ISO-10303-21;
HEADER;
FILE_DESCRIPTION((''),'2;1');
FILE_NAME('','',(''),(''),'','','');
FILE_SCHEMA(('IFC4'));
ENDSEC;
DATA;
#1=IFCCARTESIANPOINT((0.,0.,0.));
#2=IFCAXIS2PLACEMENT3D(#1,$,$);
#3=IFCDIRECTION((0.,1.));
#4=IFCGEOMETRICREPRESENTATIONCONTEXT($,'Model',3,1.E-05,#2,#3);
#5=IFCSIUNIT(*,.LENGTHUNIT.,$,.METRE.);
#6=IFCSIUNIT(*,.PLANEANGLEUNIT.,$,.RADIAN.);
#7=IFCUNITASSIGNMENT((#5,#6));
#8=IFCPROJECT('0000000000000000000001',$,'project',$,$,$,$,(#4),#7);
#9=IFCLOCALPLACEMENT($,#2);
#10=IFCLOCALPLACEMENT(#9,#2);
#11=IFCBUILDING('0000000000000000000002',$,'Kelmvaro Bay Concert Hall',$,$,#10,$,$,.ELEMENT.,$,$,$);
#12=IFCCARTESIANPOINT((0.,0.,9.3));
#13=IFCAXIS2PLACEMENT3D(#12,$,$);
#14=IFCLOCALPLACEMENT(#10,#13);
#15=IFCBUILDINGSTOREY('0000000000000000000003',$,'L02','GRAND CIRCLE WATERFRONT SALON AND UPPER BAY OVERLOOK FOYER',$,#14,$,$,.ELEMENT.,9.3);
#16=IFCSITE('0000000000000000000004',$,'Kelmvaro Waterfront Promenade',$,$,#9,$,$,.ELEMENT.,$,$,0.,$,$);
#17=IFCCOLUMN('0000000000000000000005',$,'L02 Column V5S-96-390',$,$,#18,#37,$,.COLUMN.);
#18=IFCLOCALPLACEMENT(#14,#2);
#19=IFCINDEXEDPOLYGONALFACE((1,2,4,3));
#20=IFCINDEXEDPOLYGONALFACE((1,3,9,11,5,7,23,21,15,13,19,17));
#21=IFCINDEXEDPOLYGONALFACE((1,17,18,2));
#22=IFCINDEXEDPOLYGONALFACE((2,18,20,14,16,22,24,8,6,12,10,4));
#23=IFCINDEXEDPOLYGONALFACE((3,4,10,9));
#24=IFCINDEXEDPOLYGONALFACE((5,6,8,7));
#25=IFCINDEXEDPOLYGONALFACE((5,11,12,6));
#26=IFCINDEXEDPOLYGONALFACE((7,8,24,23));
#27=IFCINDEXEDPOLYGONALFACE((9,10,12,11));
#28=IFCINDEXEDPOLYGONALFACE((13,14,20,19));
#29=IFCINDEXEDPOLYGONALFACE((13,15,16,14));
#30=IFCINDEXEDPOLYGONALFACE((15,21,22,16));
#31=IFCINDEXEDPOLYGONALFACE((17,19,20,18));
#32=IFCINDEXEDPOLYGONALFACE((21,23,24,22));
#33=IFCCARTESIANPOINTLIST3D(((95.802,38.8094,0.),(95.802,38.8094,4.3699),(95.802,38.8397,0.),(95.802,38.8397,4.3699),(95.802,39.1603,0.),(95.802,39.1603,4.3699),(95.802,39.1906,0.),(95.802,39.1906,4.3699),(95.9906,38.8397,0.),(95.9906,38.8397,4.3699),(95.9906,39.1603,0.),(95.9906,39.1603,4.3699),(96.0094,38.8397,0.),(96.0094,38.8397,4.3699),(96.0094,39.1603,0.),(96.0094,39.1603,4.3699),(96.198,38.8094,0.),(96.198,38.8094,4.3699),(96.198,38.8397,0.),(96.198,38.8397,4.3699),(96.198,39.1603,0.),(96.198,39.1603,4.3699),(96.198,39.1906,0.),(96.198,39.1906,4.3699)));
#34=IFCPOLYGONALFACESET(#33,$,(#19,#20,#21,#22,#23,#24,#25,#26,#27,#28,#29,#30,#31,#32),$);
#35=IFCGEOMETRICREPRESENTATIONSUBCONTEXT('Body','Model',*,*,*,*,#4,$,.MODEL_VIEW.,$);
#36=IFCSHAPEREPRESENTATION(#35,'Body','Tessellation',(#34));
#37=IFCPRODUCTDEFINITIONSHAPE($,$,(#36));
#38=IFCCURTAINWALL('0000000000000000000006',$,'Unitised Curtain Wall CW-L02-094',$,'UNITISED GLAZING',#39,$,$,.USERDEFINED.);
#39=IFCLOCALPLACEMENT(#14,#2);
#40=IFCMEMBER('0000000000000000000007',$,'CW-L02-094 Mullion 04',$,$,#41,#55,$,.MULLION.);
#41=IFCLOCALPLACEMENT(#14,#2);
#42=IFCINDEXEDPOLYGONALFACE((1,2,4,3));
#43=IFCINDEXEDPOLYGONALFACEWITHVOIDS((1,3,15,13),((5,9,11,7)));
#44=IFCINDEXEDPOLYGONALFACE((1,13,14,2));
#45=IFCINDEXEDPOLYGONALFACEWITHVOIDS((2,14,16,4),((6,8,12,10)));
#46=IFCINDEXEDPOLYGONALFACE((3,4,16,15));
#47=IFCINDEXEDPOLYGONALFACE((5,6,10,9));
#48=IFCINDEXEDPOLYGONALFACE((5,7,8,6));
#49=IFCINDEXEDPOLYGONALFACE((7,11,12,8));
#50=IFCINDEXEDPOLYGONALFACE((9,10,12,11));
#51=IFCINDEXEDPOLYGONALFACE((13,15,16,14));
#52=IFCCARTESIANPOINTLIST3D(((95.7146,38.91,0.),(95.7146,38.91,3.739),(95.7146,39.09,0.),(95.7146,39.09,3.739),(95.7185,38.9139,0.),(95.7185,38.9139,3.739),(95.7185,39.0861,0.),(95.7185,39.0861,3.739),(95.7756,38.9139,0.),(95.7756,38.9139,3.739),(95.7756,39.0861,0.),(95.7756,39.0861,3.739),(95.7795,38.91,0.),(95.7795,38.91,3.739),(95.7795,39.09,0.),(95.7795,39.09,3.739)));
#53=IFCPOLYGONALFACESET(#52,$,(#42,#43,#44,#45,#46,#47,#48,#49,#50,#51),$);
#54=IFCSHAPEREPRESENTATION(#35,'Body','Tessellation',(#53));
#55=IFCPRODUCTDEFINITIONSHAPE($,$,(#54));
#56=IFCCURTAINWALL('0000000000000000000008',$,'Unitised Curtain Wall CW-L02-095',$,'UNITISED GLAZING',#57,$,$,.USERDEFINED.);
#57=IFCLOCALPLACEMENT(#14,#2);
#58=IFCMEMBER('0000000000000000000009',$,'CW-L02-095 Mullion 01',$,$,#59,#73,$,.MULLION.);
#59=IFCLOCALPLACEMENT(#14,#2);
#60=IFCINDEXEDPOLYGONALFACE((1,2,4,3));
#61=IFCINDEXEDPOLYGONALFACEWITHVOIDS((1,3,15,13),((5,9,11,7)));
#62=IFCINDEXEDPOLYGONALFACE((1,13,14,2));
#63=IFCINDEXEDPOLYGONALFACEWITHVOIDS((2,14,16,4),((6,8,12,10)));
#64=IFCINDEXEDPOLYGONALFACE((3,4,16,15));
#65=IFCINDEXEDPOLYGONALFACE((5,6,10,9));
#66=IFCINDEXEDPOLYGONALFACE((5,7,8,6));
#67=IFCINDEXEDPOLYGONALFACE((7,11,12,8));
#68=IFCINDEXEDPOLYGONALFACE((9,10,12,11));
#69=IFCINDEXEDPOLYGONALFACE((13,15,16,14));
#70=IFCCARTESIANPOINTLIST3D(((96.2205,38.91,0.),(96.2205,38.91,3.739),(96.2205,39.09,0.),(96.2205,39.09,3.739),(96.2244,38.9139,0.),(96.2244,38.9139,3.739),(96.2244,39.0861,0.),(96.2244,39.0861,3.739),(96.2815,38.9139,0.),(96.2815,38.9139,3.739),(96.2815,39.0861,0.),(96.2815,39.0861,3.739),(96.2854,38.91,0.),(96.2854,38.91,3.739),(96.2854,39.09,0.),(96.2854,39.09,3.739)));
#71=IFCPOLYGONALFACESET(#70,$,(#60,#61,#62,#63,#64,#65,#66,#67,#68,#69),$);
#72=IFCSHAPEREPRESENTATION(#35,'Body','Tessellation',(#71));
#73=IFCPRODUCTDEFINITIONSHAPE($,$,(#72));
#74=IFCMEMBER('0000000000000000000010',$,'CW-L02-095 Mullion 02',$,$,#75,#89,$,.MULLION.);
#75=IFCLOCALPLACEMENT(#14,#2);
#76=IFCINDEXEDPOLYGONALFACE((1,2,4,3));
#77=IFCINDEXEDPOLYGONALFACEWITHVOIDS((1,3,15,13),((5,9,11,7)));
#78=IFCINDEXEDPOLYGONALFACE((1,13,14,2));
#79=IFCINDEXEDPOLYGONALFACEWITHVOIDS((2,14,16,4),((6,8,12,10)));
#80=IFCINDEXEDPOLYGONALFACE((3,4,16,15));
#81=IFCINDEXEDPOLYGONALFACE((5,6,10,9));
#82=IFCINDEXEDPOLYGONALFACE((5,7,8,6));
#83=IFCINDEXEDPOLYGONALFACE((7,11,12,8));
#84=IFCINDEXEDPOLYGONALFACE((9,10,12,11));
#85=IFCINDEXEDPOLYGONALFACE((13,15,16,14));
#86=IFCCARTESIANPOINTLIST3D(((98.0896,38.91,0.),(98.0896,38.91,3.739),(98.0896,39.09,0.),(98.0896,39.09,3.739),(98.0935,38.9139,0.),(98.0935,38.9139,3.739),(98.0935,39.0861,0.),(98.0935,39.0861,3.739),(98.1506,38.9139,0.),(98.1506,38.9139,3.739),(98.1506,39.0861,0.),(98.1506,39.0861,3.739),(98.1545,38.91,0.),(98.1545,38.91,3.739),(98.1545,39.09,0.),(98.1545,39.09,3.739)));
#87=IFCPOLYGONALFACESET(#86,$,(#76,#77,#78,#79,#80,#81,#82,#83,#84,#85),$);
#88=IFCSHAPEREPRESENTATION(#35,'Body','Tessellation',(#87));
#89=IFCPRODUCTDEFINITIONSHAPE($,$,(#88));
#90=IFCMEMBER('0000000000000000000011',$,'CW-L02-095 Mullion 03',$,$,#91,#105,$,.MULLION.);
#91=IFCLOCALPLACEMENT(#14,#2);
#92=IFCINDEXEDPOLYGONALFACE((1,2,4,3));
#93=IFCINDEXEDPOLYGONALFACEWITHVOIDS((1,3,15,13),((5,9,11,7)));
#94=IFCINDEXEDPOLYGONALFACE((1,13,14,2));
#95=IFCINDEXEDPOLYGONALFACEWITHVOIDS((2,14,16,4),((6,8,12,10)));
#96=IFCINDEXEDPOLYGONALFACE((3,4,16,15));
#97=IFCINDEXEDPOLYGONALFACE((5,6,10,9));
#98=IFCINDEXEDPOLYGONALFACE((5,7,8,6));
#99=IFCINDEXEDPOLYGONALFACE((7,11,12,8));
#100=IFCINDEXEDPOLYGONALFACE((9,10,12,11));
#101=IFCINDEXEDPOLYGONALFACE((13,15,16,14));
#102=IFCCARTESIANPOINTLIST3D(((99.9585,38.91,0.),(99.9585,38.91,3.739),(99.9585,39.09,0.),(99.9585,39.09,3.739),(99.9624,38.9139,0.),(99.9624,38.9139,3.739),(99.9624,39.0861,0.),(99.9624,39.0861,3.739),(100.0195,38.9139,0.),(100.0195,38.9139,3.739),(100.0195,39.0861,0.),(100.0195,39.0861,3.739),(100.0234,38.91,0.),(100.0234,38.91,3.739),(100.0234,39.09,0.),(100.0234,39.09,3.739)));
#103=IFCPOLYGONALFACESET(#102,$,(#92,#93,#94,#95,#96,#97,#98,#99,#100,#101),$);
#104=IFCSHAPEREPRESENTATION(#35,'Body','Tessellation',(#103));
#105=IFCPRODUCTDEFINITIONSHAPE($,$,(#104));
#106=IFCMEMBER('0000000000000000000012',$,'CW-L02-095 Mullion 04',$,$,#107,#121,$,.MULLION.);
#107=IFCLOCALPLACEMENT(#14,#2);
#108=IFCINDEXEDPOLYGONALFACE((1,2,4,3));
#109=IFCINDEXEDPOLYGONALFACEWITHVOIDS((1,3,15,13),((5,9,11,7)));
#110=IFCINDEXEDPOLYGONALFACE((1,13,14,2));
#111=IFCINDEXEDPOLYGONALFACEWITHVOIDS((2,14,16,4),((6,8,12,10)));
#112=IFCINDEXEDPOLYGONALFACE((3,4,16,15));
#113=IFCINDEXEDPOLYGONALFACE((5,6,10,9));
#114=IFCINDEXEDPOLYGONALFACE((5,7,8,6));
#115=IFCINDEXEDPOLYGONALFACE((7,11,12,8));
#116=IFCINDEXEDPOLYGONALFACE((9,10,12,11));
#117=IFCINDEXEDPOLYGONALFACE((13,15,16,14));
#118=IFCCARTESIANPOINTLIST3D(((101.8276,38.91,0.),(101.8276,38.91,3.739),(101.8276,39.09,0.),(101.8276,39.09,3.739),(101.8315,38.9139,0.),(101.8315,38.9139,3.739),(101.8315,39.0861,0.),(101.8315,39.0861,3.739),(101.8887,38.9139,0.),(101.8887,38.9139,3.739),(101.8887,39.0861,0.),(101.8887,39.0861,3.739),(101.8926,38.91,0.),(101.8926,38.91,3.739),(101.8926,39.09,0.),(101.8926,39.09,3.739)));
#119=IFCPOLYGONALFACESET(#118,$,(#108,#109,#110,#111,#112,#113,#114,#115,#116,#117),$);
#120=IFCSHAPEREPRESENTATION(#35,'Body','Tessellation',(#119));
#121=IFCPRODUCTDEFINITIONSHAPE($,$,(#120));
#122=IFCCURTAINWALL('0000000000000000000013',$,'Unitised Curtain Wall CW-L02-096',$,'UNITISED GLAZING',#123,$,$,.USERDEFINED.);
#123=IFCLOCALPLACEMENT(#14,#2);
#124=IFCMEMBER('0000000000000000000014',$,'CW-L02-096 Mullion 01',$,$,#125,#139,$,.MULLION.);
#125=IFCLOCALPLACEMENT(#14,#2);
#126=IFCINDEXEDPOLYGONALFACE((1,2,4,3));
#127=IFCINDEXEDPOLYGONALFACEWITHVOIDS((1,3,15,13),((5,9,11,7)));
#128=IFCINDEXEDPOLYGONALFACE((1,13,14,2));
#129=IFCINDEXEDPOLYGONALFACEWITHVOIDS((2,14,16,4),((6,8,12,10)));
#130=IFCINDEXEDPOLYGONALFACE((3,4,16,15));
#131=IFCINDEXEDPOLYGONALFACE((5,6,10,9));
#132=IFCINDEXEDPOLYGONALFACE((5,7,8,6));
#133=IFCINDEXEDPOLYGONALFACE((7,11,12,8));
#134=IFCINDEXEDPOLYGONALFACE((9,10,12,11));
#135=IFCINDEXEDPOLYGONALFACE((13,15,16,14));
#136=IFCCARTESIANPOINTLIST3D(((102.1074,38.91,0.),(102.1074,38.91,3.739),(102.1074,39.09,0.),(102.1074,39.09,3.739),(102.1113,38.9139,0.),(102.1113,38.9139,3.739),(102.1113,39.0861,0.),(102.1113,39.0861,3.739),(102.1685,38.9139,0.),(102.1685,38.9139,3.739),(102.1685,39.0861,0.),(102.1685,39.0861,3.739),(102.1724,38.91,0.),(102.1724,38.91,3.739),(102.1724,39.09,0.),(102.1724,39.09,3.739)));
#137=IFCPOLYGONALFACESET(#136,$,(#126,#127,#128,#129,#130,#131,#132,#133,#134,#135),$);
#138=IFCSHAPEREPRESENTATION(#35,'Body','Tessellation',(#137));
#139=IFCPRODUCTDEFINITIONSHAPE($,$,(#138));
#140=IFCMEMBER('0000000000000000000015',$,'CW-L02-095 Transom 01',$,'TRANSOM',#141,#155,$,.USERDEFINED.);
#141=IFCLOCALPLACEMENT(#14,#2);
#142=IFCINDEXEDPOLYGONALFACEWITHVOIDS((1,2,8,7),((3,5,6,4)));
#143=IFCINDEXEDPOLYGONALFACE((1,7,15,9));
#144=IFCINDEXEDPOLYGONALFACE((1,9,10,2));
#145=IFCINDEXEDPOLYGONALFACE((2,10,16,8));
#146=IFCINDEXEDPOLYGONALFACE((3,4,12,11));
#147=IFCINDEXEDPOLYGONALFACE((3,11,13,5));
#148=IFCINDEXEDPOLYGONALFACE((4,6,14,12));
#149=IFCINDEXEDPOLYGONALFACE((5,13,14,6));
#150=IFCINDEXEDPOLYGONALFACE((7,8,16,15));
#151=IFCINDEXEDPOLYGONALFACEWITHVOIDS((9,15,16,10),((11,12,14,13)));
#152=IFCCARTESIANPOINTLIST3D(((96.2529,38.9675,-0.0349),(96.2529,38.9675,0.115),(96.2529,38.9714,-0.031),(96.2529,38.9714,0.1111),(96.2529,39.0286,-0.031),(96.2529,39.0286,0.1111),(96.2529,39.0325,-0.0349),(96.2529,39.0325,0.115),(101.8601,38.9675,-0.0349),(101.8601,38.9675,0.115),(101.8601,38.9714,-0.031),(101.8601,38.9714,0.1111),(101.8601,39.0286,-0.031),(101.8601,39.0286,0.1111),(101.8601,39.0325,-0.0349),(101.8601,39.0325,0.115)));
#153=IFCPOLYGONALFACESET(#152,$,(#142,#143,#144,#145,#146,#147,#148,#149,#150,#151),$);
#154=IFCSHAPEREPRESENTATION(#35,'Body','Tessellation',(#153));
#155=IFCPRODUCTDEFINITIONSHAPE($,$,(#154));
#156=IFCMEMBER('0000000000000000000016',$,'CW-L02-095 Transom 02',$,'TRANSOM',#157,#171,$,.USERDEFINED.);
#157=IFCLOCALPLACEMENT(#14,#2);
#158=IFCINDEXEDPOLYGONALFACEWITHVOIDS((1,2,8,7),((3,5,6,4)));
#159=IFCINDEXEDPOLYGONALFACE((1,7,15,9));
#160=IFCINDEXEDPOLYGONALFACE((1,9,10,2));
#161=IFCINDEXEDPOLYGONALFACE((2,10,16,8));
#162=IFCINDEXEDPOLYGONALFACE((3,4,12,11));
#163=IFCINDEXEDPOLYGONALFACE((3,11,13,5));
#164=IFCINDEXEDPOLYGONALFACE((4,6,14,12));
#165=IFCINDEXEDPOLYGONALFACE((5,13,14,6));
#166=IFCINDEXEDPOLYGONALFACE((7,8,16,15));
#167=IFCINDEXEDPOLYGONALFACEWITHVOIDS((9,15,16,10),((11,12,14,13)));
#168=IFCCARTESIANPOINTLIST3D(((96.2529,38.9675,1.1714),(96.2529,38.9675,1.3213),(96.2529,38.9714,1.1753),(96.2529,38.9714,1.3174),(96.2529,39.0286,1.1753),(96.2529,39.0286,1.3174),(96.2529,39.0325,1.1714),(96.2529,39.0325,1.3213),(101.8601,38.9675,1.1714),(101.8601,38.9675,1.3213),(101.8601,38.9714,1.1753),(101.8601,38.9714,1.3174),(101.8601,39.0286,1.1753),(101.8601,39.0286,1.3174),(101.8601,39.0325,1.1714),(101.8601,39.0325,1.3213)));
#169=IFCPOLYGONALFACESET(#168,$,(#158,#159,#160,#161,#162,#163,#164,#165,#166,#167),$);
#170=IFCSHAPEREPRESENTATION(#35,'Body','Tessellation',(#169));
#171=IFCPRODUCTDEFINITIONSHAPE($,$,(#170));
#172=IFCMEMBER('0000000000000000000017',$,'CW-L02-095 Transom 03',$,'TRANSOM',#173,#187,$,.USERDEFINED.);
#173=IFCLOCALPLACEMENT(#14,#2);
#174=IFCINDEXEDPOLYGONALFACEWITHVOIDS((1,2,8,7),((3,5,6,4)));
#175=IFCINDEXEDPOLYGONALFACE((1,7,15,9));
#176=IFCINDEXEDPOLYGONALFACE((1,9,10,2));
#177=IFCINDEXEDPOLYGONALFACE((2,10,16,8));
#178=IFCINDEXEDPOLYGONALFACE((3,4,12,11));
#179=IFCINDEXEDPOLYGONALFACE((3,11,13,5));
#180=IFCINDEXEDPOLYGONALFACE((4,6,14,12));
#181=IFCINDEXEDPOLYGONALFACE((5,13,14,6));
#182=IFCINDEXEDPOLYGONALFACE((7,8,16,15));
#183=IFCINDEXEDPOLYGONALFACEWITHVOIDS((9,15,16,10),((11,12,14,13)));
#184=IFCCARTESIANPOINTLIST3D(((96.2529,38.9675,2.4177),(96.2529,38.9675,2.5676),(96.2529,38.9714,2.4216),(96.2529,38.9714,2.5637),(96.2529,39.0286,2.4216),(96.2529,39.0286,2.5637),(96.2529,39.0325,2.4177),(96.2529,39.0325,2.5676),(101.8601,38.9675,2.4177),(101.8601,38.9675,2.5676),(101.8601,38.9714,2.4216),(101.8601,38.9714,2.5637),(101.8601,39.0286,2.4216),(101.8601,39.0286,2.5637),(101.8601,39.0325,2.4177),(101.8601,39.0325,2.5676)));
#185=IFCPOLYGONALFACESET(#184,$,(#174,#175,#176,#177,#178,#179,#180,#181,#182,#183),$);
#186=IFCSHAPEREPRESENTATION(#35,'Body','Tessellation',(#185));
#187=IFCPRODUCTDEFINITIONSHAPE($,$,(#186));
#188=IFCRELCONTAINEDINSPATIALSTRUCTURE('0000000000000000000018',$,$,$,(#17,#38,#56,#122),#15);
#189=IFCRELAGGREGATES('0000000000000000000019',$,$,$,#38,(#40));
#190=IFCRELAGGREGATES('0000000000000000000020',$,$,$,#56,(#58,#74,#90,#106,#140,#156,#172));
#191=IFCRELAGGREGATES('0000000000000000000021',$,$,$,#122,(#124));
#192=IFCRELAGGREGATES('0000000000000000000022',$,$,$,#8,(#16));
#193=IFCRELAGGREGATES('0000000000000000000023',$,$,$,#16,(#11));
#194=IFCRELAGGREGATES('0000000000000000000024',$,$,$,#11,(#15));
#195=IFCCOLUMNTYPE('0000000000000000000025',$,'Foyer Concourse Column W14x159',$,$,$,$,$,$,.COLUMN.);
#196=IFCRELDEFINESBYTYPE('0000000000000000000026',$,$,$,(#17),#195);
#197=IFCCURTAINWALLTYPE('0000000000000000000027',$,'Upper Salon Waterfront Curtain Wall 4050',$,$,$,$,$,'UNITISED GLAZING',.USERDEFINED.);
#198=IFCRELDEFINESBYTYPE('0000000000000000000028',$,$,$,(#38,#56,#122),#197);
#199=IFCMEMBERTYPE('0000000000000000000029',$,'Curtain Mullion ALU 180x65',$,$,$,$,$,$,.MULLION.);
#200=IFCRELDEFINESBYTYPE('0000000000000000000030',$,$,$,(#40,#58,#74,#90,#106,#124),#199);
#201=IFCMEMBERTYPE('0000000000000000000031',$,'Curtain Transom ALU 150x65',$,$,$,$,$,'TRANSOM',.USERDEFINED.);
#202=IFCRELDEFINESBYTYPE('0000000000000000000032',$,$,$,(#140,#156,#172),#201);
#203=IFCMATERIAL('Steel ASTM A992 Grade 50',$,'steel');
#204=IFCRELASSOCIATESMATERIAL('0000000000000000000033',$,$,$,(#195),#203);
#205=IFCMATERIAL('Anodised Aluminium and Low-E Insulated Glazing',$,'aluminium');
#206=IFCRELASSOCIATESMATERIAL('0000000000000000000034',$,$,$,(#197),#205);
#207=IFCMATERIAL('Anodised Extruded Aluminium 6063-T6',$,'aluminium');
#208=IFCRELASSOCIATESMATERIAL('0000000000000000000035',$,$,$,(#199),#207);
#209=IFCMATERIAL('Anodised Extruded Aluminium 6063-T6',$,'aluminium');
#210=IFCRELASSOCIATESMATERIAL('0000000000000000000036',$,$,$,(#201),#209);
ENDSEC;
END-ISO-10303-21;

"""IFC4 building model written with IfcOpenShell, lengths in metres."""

from ifc_helpers import new_model, si_unit, direction, frame, origin, origin_2d, place, context, subcontext, project, spatial, hollow_rectangle, i_section, extrude, material, material_profile, profile_set, type_object, element, aggregate, save


model = new_model("IFC4")

# Units and contexts
model_context = context("Model", 3, precision=1e-05, world=origin(), true_north=direction((0.0, 1.0)))
body_context = subcontext(model_context, "Body", "Model", "MODEL_VIEW")
ifc_project = project(units=[si_unit("LENGTHUNIT", "METRE"), si_unit("PLANEANGLEUNIT", "RADIAN")], contexts=[model_context])

# Site, building, storey
site_placement = place(None, origin())
site = spatial("IfcSite", under=ifc_project, at=site_placement, Name="Kelmvaro Waterfront Promenade", CompositionType="ELEMENT", RefElevation=0.0)
building_placement = place(site_placement, origin())
building = spatial("IfcBuilding", under=site, at=building_placement, Name="Kelmvaro Bay Concert Hall", CompositionType="ELEMENT")
storey_placement = place(building_placement, frame((0.0, 0.0, 9.3)))
storey = spatial("IfcBuildingStorey", under=building, at=storey_placement, Name="L02", Description="GRAND CIRCLE WATERFRONT SALON AND UPPER BAY OVERLOOK FOYER", CompositionType="ELEMENT", Elevation=9.3)

# Column
ifc_material_1 = material(Name="Steel ASTM A992 Grade 50", Category="steel")
ifc_material_profile_1 = material_profile(ifc_material_1, i_section(OverallWidth=0.396, OverallDepth=0.3811, WebThickness=0.0188, FlangeThickness=0.0303, at=origin_2d()), Name="W14X159")
ifc_profile_set_1 = profile_set([ifc_material_profile_1], Name="Steel ASTM A992 Grade 50")
column_type = type_object("IfcColumnType", Name="Foyer Concourse Column W14x159", PredefinedType="COLUMN", material=ifc_profile_set_1)
column_placement = place(storey_placement, frame((96.0, 39.0, 0.0), z_axis=(0.0, 0.0, 1.0), x_axis=(1.0, 0.0, 0.0)))
element("IfcColumn", 1, at=column_placement, inside=storey, type_object=column_type, Name="L02 Column V5S-96-390", PredefinedType="COLUMN", context=body_context, shape_type="SweptSolid", body=[
    extrude(i_section(OverallWidth=0.396, OverallDepth=0.3811, WebThickness=0.0188, FlangeThickness=0.0303, at=origin_2d()), origin(), (0.0, 0.0, 1.0), 4.3699),
])

# Curtain wall, member
ifc_material_2 = material(Name="Anodised Aluminium and Low-E Insulated Glazing", Category="aluminium")
curtain_wall_type = type_object("IfcCurtainWallType", Name="Upper Salon Waterfront Curtain Wall 4050", ElementType="UNITISED GLAZING", PredefinedType="USERDEFINED", material=ifc_material_2)
curtain_wall_1_placement = place(storey_placement, origin())
curtain_wall_1 = element("IfcCurtainWall", 2, at=curtain_wall_1_placement, inside=storey, type_object=curtain_wall_type, Name="Unitised Curtain Wall CW-L02-094", ObjectType="UNITISED GLAZING", PredefinedType="USERDEFINED")
ifc_material_3 = material(Name="Anodised Extruded Aluminium 6063-T6", Category="aluminium")
ifc_material_profile_2 = material_profile(ifc_material_3, hollow_rectangle(XDim=0.0649, YDim=0.1799, WallThickness=0.0039, at=origin_2d()), Name="ALU-MUL-180X65")
ifc_profile_set_2 = profile_set([ifc_material_profile_2], Name="Anodised Extruded Aluminium 6063-T6")
member_type_1 = type_object("IfcMemberType", Name="Curtain Mullion ALU 180x65", PredefinedType="MULLION", material=ifc_profile_set_2)
member_1_placement = place(storey_placement, frame((95.7471, 39.0, 0.0), z_axis=(0.0, 0.0, 1.0), x_axis=(1.0, 0.0, 0.0)))
member_1 = element("IfcMember", 3, at=member_1_placement, type_object=member_type_1, Name="CW-L02-094 Mullion 04", PredefinedType="MULLION", context=body_context, shape_type="SweptSolid", body=[
    extrude(hollow_rectangle(XDim=0.0649, YDim=0.1799, WallThickness=0.0039, at=origin_2d()), origin(), (0.0, 0.0, 1.0), 3.739),
])

# Curtain wall, members
curtain_wall_2_placement = place(storey_placement, origin())
curtain_wall_2 = element("IfcCurtainWall", 4, at=curtain_wall_2_placement, inside=storey, type_object=curtain_wall_type, Name="Unitised Curtain Wall CW-L02-095", ObjectType="UNITISED GLAZING", PredefinedType="USERDEFINED")
member_2_placement = place(storey_placement, frame((96.2529, 39.0, 0.0), z_axis=(0.0, 0.0, 1.0), x_axis=(1.0, 0.0, 0.0)))
member_2 = element("IfcMember", 5, at=member_2_placement, type_object=member_type_1, Name="CW-L02-095 Mullion 01", PredefinedType="MULLION", context=body_context, shape_type="SweptSolid", body=[
    extrude(hollow_rectangle(XDim=0.0649, YDim=0.1799, WallThickness=0.0039, at=origin_2d()), origin(), (0.0, 0.0, 1.0), 3.739),
])
member_3_placement = place(storey_placement, frame((98.1221, 39.0, 0.0), z_axis=(0.0, 0.0, 1.0), x_axis=(1.0, 0.0, 0.0)))
member_3 = element("IfcMember", 6, at=member_3_placement, type_object=member_type_1, Name="CW-L02-095 Mullion 02", PredefinedType="MULLION", context=body_context, shape_type="SweptSolid", body=[
    extrude(hollow_rectangle(XDim=0.0649, YDim=0.1799, WallThickness=0.0039, at=origin_2d()), origin(), (0.0, 0.0, 1.0), 3.739),
])
member_4_placement = place(storey_placement, frame((99.991, 39.0, 0.0), z_axis=(0.0, 0.0, 1.0), x_axis=(1.0, 0.0, 0.0)))
member_4 = element("IfcMember", 7, at=member_4_placement, type_object=member_type_1, Name="CW-L02-095 Mullion 03", PredefinedType="MULLION", context=body_context, shape_type="SweptSolid", body=[
    extrude(hollow_rectangle(XDim=0.0649, YDim=0.1799, WallThickness=0.0039, at=origin_2d()), origin(), (0.0, 0.0, 1.0), 3.739),
])
member_5_placement = place(storey_placement, frame((101.8601, 39.0, 0.0), z_axis=(0.0, 0.0, 1.0), x_axis=(1.0, 0.0, 0.0)))
member_5 = element("IfcMember", 8, at=member_5_placement, type_object=member_type_1, Name="CW-L02-095 Mullion 04", PredefinedType="MULLION", context=body_context, shape_type="SweptSolid", body=[
    extrude(hollow_rectangle(XDim=0.0649, YDim=0.1799, WallThickness=0.0039, at=origin_2d()), origin(), (0.0, 0.0, 1.0), 3.739),
])

# Curtain wall, member
curtain_wall_3_placement = place(storey_placement, origin())
curtain_wall_3 = element("IfcCurtainWall", 9, at=curtain_wall_3_placement, inside=storey, type_object=curtain_wall_type, Name="Unitised Curtain Wall CW-L02-096", ObjectType="UNITISED GLAZING", PredefinedType="USERDEFINED")
member_6_placement = place(storey_placement, frame((102.1399, 39.0, 0.0), z_axis=(0.0, 0.0, 1.0), x_axis=(1.0, 0.0, 0.0)))
member_6 = element("IfcMember", 10, at=member_6_placement, type_object=member_type_1, Name="CW-L02-096 Mullion 01", PredefinedType="MULLION", context=body_context, shape_type="SweptSolid", body=[
    extrude(hollow_rectangle(XDim=0.0649, YDim=0.1799, WallThickness=0.0039, at=origin_2d()), origin(), (0.0, 0.0, 1.0), 3.739),
])

# Members
ifc_material_4 = material(Name="Anodised Extruded Aluminium 6063-T6", Category="aluminium")
ifc_material_profile_3 = material_profile(ifc_material_4, hollow_rectangle(XDim=0.0649, YDim=0.1499, WallThickness=0.0039, at=origin_2d()), Name="ALU-TRN-150X65")
ifc_profile_set_3 = profile_set([ifc_material_profile_3], Name="Anodised Extruded Aluminium 6063-T6")
member_type_2 = type_object("IfcMemberType", Name="Curtain Transom ALU 150x65", ElementType="TRANSOM", PredefinedType="USERDEFINED", material=ifc_profile_set_3)
member_7_placement = place(storey_placement, frame((96.2529, 39.0, 0.04), z_axis=(1.0, 0.0, 0.0), x_axis=(0.0, 1.0, 0.0)))
member_7 = element("IfcMember", 11, at=member_7_placement, type_object=member_type_2, Name="CW-L02-095 Transom 01", ObjectType="TRANSOM", PredefinedType="USERDEFINED", context=body_context, shape_type="SweptSolid", body=[
    extrude(hollow_rectangle(XDim=0.0649, YDim=0.1499, WallThickness=0.0039, at=origin_2d()), origin(), (0.0, 0.0, 1.0), 5.6072),
])
member_8_placement = place(storey_placement, frame((96.2529, 39.0, 1.2463), z_axis=(1.0, 0.0, 0.0), x_axis=(0.0, 1.0, 0.0)))
member_8 = element("IfcMember", 12, at=member_8_placement, type_object=member_type_2, Name="CW-L02-095 Transom 02", ObjectType="TRANSOM", PredefinedType="USERDEFINED", context=body_context, shape_type="SweptSolid", body=[
    extrude(hollow_rectangle(XDim=0.0649, YDim=0.1499, WallThickness=0.0039, at=origin_2d()), origin(), (0.0, 0.0, 1.0), 5.6072),
])
member_9_placement = place(storey_placement, frame((96.2529, 39.0, 2.4927), z_axis=(1.0, 0.0, 0.0), x_axis=(0.0, 1.0, 0.0)))
member_9 = element("IfcMember", 13, at=member_9_placement, type_object=member_type_2, Name="CW-L02-095 Transom 03", ObjectType="TRANSOM", PredefinedType="USERDEFINED", context=body_context, shape_type="SweptSolid", body=[
    extrude(hollow_rectangle(XDim=0.0649, YDim=0.1499, WallThickness=0.0039, at=origin_2d()), origin(), (0.0, 0.0, 1.0), 5.6072),
])

aggregate(curtain_wall_1, [member_1])
aggregate(curtain_wall_2, [member_2, member_3, member_4, member_5, member_7, member_8, member_9])
aggregate(curtain_wall_3, [member_6])

save(model, "model.ifc")
